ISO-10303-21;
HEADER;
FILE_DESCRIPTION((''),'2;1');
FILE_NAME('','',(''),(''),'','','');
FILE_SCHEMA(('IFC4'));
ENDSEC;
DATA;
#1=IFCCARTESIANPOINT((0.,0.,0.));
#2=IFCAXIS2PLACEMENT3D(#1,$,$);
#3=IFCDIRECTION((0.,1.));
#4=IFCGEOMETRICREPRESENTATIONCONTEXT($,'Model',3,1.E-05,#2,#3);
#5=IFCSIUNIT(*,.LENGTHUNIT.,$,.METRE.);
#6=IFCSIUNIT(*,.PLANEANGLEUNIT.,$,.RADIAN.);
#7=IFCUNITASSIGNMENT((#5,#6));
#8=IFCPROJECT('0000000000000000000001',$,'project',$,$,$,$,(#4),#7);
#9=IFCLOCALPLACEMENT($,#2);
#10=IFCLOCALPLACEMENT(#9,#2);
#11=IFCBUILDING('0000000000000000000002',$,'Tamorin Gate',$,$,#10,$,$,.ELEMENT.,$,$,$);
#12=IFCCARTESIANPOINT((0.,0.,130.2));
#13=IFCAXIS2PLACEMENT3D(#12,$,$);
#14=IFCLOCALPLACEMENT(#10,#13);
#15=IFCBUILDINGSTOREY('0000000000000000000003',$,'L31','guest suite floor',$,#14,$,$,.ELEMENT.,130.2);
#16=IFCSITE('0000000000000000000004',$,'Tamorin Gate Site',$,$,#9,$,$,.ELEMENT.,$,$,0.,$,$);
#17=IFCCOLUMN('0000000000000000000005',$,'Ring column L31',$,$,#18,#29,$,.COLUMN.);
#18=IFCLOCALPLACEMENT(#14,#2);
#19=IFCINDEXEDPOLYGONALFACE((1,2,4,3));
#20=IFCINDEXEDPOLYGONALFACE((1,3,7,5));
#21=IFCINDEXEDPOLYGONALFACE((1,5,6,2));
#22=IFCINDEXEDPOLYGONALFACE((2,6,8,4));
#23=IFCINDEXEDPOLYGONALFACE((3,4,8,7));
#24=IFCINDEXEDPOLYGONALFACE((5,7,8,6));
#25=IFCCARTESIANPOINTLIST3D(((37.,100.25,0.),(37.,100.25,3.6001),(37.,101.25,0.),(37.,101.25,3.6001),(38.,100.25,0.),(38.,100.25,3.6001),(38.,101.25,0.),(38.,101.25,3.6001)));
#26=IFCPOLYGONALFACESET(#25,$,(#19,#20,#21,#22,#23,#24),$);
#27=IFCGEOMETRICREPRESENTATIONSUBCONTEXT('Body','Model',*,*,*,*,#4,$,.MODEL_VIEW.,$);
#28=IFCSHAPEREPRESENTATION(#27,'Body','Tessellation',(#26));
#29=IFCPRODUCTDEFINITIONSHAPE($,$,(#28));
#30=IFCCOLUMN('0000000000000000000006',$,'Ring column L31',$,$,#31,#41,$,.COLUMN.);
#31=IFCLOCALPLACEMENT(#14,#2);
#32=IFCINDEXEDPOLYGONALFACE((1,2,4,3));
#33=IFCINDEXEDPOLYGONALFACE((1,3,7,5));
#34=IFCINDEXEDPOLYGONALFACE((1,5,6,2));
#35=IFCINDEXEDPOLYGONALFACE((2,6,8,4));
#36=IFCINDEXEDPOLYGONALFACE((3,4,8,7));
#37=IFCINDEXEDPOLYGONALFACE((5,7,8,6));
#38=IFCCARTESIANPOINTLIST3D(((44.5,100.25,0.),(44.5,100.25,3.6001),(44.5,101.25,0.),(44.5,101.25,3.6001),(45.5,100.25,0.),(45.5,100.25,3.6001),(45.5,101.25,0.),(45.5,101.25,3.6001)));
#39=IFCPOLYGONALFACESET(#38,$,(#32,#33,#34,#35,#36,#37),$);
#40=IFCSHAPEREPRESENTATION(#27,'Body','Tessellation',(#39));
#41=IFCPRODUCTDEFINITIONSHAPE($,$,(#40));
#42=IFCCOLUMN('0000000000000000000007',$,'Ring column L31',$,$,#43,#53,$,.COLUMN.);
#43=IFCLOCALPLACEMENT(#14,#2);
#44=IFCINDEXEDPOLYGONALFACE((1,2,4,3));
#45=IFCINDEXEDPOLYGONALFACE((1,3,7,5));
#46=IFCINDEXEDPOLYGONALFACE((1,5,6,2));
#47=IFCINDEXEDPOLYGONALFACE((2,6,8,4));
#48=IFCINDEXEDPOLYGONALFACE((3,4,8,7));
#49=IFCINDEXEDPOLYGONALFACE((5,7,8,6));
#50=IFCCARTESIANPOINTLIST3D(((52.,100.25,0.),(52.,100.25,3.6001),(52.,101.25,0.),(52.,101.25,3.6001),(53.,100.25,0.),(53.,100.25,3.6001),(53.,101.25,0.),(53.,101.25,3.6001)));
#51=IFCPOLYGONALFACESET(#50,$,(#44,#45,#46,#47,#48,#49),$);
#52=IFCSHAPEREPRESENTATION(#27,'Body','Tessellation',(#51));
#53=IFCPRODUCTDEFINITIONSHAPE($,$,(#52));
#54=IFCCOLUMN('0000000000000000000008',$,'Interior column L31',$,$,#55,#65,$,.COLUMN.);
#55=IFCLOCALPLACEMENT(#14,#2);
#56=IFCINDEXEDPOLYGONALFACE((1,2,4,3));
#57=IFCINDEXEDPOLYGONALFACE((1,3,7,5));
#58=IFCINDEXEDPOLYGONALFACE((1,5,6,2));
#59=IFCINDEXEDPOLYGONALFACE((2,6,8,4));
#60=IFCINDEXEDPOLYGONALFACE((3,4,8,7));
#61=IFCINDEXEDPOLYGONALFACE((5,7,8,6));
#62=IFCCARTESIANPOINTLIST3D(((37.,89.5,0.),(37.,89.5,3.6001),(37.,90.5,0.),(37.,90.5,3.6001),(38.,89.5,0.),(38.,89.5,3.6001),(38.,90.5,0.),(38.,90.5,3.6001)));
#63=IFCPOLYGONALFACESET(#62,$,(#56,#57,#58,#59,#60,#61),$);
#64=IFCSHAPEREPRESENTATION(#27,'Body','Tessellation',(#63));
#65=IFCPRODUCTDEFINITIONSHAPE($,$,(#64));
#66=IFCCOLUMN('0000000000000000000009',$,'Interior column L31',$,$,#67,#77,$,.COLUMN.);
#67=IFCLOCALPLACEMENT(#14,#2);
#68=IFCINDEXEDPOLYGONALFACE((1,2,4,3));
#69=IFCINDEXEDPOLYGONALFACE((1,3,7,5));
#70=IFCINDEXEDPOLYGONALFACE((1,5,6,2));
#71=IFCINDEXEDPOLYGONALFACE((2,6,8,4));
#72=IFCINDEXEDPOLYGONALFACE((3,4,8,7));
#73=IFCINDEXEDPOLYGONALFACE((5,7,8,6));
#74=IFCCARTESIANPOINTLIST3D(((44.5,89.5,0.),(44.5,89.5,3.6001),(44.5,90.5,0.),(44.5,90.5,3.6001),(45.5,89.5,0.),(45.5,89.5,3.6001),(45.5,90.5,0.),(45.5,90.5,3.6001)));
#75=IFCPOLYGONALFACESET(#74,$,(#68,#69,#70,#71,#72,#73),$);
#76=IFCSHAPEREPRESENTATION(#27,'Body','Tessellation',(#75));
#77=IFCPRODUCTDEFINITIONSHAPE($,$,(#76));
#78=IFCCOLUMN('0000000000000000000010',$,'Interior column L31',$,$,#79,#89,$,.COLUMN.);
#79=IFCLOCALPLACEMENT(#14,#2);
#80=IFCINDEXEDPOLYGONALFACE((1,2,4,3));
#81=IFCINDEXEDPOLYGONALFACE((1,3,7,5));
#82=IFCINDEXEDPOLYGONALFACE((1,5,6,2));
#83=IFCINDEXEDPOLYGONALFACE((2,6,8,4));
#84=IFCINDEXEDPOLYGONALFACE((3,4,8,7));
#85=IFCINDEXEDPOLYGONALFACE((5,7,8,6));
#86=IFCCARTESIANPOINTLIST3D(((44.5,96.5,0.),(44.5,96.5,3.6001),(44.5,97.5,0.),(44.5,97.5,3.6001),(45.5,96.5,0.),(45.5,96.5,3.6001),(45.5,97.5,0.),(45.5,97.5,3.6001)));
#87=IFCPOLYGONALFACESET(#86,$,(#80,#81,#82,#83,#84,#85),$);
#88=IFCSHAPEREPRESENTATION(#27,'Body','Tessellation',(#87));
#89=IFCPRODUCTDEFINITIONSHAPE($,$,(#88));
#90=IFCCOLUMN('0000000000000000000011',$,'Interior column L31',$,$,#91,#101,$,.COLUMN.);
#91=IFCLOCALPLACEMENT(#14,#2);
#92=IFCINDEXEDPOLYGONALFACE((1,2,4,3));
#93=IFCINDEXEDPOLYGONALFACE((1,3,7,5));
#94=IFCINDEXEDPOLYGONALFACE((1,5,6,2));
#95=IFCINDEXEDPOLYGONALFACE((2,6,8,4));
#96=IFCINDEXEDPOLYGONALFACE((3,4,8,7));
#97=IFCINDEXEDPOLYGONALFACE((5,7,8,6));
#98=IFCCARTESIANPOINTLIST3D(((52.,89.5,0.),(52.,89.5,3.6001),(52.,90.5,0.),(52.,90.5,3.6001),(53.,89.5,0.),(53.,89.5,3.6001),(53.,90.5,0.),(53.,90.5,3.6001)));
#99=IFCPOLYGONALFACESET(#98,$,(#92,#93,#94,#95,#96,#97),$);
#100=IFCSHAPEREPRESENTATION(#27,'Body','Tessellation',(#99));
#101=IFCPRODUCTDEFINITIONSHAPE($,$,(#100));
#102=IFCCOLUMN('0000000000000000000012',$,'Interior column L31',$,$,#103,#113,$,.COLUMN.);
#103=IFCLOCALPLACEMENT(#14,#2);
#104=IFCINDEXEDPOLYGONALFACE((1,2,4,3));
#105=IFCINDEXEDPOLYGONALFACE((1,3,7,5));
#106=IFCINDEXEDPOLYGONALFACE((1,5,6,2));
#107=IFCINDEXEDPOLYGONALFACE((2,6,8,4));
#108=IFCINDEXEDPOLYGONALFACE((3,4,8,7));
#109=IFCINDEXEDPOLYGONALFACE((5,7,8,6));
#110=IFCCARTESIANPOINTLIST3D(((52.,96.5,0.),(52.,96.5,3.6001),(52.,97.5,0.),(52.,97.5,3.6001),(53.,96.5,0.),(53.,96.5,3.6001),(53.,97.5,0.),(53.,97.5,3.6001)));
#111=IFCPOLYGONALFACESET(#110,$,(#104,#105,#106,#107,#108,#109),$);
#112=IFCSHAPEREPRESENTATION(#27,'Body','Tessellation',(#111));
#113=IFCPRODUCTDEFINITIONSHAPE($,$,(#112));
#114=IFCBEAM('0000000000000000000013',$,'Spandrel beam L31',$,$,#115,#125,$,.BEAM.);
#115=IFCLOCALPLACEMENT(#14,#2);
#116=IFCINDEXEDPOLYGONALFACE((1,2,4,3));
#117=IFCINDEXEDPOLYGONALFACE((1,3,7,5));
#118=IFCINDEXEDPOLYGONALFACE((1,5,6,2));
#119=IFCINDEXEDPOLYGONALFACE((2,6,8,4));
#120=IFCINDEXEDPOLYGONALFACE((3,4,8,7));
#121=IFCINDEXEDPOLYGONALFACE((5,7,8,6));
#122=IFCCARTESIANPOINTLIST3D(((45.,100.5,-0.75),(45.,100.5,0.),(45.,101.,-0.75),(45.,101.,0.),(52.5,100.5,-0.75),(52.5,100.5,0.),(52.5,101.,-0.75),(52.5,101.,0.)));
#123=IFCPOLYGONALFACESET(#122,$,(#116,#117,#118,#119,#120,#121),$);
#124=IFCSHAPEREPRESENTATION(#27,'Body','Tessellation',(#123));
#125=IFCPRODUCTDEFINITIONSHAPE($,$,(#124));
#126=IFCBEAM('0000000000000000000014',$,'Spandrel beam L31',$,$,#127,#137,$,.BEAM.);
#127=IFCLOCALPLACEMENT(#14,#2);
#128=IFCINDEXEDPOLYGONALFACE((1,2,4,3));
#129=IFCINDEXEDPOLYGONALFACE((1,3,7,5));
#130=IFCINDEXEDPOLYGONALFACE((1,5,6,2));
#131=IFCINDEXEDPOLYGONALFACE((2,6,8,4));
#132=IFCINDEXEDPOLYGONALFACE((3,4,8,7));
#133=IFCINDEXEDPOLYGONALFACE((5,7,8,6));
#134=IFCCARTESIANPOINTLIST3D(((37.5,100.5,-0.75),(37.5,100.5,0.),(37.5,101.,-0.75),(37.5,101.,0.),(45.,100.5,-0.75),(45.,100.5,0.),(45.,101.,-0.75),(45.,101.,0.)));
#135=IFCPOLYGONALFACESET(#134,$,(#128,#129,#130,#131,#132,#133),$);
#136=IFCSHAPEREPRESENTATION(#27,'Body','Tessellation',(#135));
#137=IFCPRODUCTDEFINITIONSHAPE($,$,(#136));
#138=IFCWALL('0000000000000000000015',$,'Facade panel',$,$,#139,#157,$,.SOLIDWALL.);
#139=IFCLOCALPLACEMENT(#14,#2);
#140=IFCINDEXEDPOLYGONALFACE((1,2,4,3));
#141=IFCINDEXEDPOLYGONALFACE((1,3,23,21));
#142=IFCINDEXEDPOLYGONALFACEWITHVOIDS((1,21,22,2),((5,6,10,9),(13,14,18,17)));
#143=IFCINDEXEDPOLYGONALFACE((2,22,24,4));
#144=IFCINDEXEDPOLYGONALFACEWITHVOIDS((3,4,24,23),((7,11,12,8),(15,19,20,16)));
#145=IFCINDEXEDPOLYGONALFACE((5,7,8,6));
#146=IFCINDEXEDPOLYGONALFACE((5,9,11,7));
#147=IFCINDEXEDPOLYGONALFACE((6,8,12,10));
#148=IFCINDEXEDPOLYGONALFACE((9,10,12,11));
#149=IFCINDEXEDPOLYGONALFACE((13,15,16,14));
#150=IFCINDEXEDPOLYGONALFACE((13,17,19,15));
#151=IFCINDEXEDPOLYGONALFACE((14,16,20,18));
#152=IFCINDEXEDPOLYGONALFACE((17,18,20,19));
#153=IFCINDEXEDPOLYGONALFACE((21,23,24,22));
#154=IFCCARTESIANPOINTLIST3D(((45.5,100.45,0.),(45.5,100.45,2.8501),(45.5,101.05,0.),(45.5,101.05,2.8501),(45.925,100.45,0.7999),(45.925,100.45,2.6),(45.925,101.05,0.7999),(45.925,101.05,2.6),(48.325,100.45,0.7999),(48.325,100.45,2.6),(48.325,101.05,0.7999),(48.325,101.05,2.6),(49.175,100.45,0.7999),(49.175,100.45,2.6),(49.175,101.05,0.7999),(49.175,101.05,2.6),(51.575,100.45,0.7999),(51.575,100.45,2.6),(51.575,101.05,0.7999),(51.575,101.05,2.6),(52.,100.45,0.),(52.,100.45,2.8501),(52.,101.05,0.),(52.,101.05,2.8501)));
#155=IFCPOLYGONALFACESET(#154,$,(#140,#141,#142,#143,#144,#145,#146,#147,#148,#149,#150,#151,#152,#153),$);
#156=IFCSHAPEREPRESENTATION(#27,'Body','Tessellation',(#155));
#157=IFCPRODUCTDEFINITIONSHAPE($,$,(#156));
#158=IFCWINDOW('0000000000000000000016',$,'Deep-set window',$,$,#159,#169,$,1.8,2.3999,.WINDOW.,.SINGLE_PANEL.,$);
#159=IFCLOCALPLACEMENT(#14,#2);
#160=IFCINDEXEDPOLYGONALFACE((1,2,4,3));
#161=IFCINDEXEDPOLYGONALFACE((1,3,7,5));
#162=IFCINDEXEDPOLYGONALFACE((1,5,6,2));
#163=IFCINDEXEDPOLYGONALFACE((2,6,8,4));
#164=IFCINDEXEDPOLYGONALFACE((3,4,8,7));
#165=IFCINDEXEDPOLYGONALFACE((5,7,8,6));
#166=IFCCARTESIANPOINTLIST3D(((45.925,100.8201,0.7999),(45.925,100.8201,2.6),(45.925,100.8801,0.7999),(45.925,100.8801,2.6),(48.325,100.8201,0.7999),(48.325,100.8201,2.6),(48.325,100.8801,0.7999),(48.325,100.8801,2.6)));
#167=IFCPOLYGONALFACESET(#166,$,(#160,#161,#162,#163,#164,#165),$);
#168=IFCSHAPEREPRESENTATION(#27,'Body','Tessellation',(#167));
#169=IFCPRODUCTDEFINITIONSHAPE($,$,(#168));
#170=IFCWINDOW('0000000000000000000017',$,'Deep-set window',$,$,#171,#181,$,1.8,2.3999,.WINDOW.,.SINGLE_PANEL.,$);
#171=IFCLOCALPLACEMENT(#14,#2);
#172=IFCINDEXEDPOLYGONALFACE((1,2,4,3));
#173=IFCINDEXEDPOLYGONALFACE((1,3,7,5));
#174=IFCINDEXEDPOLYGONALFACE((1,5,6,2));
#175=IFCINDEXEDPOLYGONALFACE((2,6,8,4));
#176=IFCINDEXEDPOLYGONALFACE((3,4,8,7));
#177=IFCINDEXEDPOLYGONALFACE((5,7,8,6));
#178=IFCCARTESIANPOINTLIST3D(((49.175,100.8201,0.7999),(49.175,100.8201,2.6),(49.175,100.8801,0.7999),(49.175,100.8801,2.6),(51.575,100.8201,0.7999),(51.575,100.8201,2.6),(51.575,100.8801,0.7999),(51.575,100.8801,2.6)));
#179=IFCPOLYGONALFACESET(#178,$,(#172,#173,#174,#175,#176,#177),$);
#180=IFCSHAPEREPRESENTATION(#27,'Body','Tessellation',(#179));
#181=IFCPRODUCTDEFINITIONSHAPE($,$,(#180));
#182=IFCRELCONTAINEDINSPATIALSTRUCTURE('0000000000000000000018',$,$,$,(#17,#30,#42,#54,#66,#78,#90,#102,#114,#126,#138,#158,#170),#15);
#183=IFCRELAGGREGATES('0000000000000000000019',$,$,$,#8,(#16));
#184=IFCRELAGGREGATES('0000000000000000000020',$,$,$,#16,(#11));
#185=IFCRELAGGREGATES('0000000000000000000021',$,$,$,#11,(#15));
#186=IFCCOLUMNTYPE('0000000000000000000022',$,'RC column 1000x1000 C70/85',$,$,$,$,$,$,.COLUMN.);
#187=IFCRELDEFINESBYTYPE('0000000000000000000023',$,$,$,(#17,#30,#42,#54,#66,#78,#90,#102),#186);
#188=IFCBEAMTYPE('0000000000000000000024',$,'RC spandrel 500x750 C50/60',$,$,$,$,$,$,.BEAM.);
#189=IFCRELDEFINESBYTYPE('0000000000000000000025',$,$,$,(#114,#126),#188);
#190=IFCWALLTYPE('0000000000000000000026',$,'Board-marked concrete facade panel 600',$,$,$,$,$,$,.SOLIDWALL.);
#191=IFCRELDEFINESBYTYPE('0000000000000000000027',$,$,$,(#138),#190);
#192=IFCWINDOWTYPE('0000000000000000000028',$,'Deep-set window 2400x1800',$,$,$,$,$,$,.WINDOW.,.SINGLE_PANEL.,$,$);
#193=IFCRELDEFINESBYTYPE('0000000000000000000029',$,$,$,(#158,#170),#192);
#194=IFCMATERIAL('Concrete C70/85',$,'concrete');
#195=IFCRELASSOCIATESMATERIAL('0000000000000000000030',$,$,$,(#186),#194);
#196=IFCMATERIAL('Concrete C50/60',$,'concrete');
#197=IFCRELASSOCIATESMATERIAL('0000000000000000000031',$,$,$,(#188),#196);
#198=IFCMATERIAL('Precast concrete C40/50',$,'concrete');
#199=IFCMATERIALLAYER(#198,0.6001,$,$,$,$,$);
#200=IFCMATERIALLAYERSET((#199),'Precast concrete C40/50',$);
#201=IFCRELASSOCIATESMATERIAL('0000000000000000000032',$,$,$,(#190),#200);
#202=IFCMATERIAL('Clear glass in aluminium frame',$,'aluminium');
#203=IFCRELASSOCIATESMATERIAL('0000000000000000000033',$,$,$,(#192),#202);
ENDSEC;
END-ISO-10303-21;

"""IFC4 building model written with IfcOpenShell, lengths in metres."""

from ifc_helpers import new_model, si_unit, direction, frame, frame_2d, origin, origin_2d, place, context, subcontext, project, spatial, rectangle, extrude, material, layer, layer_set, material_profile, profile_set, type_object, element, fill, save


model = new_model("IFC4")

# Units and contexts
model_context = context("Model", 3, precision=1e-05, world=origin(), true_north=direction((0.0, 1.0)))
body_context = subcontext(model_context, "Body", "Model", "MODEL_VIEW")
ifc_project = project(units=[si_unit("LENGTHUNIT", "METRE"), si_unit("PLANEANGLEUNIT", "RADIAN")], contexts=[model_context])

# Site, building, storey
site_placement = place(None, origin())
site = spatial("IfcSite", under=ifc_project, at=site_placement, Name="Tamorin Gate Site", CompositionType="ELEMENT", RefElevation=0.0)
building_placement = place(site_placement, origin())
building = spatial("IfcBuilding", under=site, at=building_placement, Name="Tamorin Gate", CompositionType="ELEMENT")
storey_placement = place(building_placement, frame((0.0, 0.0, 130.2)))
storey = spatial("IfcBuildingStorey", under=building, at=storey_placement, Name="L31", Description="guest suite floor", CompositionType="ELEMENT", Elevation=130.2)

# Columns
ifc_material_1 = material(Name="Concrete C70/85", Category="concrete")
ifc_material_profile_1 = material_profile(ifc_material_1, rectangle(XDim=1.0, YDim=1.0, at=origin_2d()), Name="RC 1000x1000")
ifc_profile_set_1 = profile_set([ifc_material_profile_1], Name="Concrete C70/85")
column_type = type_object("IfcColumnType", Name="RC column 1000x1000 C70/85", PredefinedType="COLUMN", material=ifc_profile_set_1)
for number, where, z_axis, x_axis, name in (
    (1, (37.5, 100.75, 0.0), (0.0, 0.0, 1.0), (1.0, 0.0, 0.0), "Ring column L31"),
    (2, (45.0, 100.75, 0.0), (0.0, 0.0, 1.0), (1.0, 0.0, 0.0), "Ring column L31"),
    (3, (52.5, 100.75, 0.0), (0.0, 0.0, 1.0), (1.0, 0.0, 0.0), "Ring column L31"),
    (4, (37.5, 90.0, 0.0), (0.0, 0.0, 1.0), (1.0, 0.0, 0.0), "Interior column L31"),
    (5, (45.0, 90.0, 0.0), (0.0, 0.0, 1.0), (1.0, 0.0, 0.0), "Interior column L31"),
    (6, (45.0, 97.0, 0.0), (0.0, 0.0, 1.0), (1.0, 0.0, 0.0), "Interior column L31"),
    (7, (52.5, 90.0, 0.0), (0.0, 0.0, 1.0), (1.0, 0.0, 0.0), "Interior column L31"),
    (8, (52.5, 97.0, 0.0), (0.0, 0.0, 1.0), (1.0, 0.0, 0.0), "Interior column L31"),
):
    element("IfcColumn", number, at=place(storey_placement, frame(where, z_axis=z_axis, x_axis=x_axis)), inside=storey, type_object=column_type, Name=name, PredefinedType="COLUMN", context=body_context, shape_type="SweptSolid", body=[
        extrude(rectangle(XDim=1.0, YDim=1.0, at=origin_2d()), origin(), (0.0, 0.0, 1.0), 3.6001),
    ])

# Beams
ifc_material_2 = material(Name="Concrete C50/60", Category="concrete")
ifc_material_profile_2 = material_profile(ifc_material_2, rectangle(XDim=0.5, YDim=0.75, at=origin_2d()), Name="RC 500x750")
ifc_profile_set_2 = profile_set([ifc_material_profile_2], Name="Concrete C50/60")
beam_type = type_object("IfcBeamType", Name="RC spandrel 500x750 C50/60", PredefinedType="BEAM", material=ifc_profile_set_2)
for number, where, z_axis, x_axis, name in (
    (9, (52.5, 100.75, -0.375), (-1.0, 0.0, 0.0), (0.0, -1.0, 0.0), "Spandrel beam L31"),
    (10, (45.0, 100.75, -0.375), (-1.0, 0.0, 0.0), (0.0, -1.0, 0.0), "Spandrel beam L31"),
):
    element("IfcBeam", number, at=place(storey_placement, frame(where, z_axis=z_axis, x_axis=x_axis)), inside=storey, type_object=beam_type, Name=name, PredefinedType="BEAM", context=body_context, shape_type="SweptSolid", body=[
        extrude(rectangle(XDim=0.5, YDim=0.75, at=origin_2d()), origin(), (0.0, 0.0, 1.0), 7.5),
    ])

# Wall, openings, windows
ifc_material_3 = material(Name="Precast concrete C40/50", Category="concrete")
ifc_layer_1 = layer(ifc_material_3, 0.6001)
ifc_layer_set_1 = layer_set([ifc_layer_1], Name="Precast concrete C40/50")
wall_type_1 = type_object("IfcWallType", Name="Board-marked concrete facade panel 600", PredefinedType="SOLIDWALL", material=ifc_layer_set_1)
wall_1_placement = place(storey_placement, frame((52.0, 100.75, 0.0), z_axis=(0.0, 0.0, 1.0), x_axis=(-1.0, 0.0, 0.0)))
wall_1 = element("IfcWall", 11, at=wall_1_placement, inside=storey, type_object=wall_type_1, Name="Facade panel", PredefinedType="SOLIDWALL", context=body_context, shape_type="SweptSolid", body=[
    extrude(rectangle(XDim=6.5, YDim=0.6001, at=frame_2d((3.25, 0.0))), origin(), (0.0, 0.0, 1.0), 2.8501),
])
opening_1_placement = place(wall_1_placement, frame((3.675, 0.0, 0.8)))
opening_1 = element("IfcOpeningElement", 12, at=opening_1_placement, cuts=wall_1, PredefinedType="OPENING", context=body_context, shape_type="SweptSolid", body=[
    extrude(rectangle(XDim=2.3999, YDim=1.8, at=frame_2d((1.2, 0.8999))), frame((0.0, 0.3101, 0.0), z_axis=(0.0, -1.0, 0.0), x_axis=(1.0, 0.0, 0.0)), (0.0, 0.0, 1.0), 0.6201),
])
opening_2_placement = place(wall_1_placement, frame((0.425, 0.0, 0.8)))
opening_2 = element("IfcOpeningElement", 13, at=opening_2_placement, cuts=wall_1, PredefinedType="OPENING", context=body_context, shape_type="SweptSolid", body=[
    extrude(rectangle(XDim=2.3999, YDim=1.8, at=frame_2d((1.2, 0.8999))), frame((0.0, 0.3101, 0.0), z_axis=(0.0, -1.0, 0.0), x_axis=(1.0, 0.0, 0.0)), (0.0, 0.0, 1.0), 0.6201),
])
ifc_material_4 = material(Name="Clear glass in aluminium frame", Category="aluminium")
window_type = type_object("IfcWindowType", Name="Deep-set window 2400x1800", PartitioningType="SINGLE_PANEL", PredefinedType="WINDOW", material=ifc_material_4)
window_1_placement = place(opening_1_placement, origin())
window_1 = element("IfcWindow", 14, at=window_1_placement, inside=storey, type_object=window_type, Name="Deep-set window", OverallHeight=1.8, OverallWidth=2.3999, PartitioningType="SINGLE_PANEL", PredefinedType="WINDOW", context=body_context, shape_type="SweptSolid", body=[
    extrude(rectangle(XDim=2.3999, YDim=1.8, at=frame_2d((1.2, 0.8999))), frame((0.0, -0.0701, 0.0), z_axis=(0.0, -1.0, 0.0), x_axis=(1.0, 0.0, 0.0)), (0.0, 0.0, 1.0), 0.0601),
])
fill(opening_1, window_1)
window_2_placement = place(opening_2_placement, origin())
window_2 = element("IfcWindow", 15, at=window_2_placement, inside=storey, type_object=window_type, Name="Deep-set window", OverallHeight=1.8, OverallWidth=2.3999, PartitioningType="SINGLE_PANEL", PredefinedType="WINDOW", context=body_context, shape_type="SweptSolid", body=[
    extrude(rectangle(XDim=2.3999, YDim=1.8, at=frame_2d((1.2, 0.8999))), frame((0.0, -0.0701, 0.0), z_axis=(0.0, -1.0, 0.0), x_axis=(1.0, 0.0, 0.0)), (0.0, 0.0, 1.0), 0.0601),
])
fill(opening_2, window_2)

save(model, "model.ifc")
